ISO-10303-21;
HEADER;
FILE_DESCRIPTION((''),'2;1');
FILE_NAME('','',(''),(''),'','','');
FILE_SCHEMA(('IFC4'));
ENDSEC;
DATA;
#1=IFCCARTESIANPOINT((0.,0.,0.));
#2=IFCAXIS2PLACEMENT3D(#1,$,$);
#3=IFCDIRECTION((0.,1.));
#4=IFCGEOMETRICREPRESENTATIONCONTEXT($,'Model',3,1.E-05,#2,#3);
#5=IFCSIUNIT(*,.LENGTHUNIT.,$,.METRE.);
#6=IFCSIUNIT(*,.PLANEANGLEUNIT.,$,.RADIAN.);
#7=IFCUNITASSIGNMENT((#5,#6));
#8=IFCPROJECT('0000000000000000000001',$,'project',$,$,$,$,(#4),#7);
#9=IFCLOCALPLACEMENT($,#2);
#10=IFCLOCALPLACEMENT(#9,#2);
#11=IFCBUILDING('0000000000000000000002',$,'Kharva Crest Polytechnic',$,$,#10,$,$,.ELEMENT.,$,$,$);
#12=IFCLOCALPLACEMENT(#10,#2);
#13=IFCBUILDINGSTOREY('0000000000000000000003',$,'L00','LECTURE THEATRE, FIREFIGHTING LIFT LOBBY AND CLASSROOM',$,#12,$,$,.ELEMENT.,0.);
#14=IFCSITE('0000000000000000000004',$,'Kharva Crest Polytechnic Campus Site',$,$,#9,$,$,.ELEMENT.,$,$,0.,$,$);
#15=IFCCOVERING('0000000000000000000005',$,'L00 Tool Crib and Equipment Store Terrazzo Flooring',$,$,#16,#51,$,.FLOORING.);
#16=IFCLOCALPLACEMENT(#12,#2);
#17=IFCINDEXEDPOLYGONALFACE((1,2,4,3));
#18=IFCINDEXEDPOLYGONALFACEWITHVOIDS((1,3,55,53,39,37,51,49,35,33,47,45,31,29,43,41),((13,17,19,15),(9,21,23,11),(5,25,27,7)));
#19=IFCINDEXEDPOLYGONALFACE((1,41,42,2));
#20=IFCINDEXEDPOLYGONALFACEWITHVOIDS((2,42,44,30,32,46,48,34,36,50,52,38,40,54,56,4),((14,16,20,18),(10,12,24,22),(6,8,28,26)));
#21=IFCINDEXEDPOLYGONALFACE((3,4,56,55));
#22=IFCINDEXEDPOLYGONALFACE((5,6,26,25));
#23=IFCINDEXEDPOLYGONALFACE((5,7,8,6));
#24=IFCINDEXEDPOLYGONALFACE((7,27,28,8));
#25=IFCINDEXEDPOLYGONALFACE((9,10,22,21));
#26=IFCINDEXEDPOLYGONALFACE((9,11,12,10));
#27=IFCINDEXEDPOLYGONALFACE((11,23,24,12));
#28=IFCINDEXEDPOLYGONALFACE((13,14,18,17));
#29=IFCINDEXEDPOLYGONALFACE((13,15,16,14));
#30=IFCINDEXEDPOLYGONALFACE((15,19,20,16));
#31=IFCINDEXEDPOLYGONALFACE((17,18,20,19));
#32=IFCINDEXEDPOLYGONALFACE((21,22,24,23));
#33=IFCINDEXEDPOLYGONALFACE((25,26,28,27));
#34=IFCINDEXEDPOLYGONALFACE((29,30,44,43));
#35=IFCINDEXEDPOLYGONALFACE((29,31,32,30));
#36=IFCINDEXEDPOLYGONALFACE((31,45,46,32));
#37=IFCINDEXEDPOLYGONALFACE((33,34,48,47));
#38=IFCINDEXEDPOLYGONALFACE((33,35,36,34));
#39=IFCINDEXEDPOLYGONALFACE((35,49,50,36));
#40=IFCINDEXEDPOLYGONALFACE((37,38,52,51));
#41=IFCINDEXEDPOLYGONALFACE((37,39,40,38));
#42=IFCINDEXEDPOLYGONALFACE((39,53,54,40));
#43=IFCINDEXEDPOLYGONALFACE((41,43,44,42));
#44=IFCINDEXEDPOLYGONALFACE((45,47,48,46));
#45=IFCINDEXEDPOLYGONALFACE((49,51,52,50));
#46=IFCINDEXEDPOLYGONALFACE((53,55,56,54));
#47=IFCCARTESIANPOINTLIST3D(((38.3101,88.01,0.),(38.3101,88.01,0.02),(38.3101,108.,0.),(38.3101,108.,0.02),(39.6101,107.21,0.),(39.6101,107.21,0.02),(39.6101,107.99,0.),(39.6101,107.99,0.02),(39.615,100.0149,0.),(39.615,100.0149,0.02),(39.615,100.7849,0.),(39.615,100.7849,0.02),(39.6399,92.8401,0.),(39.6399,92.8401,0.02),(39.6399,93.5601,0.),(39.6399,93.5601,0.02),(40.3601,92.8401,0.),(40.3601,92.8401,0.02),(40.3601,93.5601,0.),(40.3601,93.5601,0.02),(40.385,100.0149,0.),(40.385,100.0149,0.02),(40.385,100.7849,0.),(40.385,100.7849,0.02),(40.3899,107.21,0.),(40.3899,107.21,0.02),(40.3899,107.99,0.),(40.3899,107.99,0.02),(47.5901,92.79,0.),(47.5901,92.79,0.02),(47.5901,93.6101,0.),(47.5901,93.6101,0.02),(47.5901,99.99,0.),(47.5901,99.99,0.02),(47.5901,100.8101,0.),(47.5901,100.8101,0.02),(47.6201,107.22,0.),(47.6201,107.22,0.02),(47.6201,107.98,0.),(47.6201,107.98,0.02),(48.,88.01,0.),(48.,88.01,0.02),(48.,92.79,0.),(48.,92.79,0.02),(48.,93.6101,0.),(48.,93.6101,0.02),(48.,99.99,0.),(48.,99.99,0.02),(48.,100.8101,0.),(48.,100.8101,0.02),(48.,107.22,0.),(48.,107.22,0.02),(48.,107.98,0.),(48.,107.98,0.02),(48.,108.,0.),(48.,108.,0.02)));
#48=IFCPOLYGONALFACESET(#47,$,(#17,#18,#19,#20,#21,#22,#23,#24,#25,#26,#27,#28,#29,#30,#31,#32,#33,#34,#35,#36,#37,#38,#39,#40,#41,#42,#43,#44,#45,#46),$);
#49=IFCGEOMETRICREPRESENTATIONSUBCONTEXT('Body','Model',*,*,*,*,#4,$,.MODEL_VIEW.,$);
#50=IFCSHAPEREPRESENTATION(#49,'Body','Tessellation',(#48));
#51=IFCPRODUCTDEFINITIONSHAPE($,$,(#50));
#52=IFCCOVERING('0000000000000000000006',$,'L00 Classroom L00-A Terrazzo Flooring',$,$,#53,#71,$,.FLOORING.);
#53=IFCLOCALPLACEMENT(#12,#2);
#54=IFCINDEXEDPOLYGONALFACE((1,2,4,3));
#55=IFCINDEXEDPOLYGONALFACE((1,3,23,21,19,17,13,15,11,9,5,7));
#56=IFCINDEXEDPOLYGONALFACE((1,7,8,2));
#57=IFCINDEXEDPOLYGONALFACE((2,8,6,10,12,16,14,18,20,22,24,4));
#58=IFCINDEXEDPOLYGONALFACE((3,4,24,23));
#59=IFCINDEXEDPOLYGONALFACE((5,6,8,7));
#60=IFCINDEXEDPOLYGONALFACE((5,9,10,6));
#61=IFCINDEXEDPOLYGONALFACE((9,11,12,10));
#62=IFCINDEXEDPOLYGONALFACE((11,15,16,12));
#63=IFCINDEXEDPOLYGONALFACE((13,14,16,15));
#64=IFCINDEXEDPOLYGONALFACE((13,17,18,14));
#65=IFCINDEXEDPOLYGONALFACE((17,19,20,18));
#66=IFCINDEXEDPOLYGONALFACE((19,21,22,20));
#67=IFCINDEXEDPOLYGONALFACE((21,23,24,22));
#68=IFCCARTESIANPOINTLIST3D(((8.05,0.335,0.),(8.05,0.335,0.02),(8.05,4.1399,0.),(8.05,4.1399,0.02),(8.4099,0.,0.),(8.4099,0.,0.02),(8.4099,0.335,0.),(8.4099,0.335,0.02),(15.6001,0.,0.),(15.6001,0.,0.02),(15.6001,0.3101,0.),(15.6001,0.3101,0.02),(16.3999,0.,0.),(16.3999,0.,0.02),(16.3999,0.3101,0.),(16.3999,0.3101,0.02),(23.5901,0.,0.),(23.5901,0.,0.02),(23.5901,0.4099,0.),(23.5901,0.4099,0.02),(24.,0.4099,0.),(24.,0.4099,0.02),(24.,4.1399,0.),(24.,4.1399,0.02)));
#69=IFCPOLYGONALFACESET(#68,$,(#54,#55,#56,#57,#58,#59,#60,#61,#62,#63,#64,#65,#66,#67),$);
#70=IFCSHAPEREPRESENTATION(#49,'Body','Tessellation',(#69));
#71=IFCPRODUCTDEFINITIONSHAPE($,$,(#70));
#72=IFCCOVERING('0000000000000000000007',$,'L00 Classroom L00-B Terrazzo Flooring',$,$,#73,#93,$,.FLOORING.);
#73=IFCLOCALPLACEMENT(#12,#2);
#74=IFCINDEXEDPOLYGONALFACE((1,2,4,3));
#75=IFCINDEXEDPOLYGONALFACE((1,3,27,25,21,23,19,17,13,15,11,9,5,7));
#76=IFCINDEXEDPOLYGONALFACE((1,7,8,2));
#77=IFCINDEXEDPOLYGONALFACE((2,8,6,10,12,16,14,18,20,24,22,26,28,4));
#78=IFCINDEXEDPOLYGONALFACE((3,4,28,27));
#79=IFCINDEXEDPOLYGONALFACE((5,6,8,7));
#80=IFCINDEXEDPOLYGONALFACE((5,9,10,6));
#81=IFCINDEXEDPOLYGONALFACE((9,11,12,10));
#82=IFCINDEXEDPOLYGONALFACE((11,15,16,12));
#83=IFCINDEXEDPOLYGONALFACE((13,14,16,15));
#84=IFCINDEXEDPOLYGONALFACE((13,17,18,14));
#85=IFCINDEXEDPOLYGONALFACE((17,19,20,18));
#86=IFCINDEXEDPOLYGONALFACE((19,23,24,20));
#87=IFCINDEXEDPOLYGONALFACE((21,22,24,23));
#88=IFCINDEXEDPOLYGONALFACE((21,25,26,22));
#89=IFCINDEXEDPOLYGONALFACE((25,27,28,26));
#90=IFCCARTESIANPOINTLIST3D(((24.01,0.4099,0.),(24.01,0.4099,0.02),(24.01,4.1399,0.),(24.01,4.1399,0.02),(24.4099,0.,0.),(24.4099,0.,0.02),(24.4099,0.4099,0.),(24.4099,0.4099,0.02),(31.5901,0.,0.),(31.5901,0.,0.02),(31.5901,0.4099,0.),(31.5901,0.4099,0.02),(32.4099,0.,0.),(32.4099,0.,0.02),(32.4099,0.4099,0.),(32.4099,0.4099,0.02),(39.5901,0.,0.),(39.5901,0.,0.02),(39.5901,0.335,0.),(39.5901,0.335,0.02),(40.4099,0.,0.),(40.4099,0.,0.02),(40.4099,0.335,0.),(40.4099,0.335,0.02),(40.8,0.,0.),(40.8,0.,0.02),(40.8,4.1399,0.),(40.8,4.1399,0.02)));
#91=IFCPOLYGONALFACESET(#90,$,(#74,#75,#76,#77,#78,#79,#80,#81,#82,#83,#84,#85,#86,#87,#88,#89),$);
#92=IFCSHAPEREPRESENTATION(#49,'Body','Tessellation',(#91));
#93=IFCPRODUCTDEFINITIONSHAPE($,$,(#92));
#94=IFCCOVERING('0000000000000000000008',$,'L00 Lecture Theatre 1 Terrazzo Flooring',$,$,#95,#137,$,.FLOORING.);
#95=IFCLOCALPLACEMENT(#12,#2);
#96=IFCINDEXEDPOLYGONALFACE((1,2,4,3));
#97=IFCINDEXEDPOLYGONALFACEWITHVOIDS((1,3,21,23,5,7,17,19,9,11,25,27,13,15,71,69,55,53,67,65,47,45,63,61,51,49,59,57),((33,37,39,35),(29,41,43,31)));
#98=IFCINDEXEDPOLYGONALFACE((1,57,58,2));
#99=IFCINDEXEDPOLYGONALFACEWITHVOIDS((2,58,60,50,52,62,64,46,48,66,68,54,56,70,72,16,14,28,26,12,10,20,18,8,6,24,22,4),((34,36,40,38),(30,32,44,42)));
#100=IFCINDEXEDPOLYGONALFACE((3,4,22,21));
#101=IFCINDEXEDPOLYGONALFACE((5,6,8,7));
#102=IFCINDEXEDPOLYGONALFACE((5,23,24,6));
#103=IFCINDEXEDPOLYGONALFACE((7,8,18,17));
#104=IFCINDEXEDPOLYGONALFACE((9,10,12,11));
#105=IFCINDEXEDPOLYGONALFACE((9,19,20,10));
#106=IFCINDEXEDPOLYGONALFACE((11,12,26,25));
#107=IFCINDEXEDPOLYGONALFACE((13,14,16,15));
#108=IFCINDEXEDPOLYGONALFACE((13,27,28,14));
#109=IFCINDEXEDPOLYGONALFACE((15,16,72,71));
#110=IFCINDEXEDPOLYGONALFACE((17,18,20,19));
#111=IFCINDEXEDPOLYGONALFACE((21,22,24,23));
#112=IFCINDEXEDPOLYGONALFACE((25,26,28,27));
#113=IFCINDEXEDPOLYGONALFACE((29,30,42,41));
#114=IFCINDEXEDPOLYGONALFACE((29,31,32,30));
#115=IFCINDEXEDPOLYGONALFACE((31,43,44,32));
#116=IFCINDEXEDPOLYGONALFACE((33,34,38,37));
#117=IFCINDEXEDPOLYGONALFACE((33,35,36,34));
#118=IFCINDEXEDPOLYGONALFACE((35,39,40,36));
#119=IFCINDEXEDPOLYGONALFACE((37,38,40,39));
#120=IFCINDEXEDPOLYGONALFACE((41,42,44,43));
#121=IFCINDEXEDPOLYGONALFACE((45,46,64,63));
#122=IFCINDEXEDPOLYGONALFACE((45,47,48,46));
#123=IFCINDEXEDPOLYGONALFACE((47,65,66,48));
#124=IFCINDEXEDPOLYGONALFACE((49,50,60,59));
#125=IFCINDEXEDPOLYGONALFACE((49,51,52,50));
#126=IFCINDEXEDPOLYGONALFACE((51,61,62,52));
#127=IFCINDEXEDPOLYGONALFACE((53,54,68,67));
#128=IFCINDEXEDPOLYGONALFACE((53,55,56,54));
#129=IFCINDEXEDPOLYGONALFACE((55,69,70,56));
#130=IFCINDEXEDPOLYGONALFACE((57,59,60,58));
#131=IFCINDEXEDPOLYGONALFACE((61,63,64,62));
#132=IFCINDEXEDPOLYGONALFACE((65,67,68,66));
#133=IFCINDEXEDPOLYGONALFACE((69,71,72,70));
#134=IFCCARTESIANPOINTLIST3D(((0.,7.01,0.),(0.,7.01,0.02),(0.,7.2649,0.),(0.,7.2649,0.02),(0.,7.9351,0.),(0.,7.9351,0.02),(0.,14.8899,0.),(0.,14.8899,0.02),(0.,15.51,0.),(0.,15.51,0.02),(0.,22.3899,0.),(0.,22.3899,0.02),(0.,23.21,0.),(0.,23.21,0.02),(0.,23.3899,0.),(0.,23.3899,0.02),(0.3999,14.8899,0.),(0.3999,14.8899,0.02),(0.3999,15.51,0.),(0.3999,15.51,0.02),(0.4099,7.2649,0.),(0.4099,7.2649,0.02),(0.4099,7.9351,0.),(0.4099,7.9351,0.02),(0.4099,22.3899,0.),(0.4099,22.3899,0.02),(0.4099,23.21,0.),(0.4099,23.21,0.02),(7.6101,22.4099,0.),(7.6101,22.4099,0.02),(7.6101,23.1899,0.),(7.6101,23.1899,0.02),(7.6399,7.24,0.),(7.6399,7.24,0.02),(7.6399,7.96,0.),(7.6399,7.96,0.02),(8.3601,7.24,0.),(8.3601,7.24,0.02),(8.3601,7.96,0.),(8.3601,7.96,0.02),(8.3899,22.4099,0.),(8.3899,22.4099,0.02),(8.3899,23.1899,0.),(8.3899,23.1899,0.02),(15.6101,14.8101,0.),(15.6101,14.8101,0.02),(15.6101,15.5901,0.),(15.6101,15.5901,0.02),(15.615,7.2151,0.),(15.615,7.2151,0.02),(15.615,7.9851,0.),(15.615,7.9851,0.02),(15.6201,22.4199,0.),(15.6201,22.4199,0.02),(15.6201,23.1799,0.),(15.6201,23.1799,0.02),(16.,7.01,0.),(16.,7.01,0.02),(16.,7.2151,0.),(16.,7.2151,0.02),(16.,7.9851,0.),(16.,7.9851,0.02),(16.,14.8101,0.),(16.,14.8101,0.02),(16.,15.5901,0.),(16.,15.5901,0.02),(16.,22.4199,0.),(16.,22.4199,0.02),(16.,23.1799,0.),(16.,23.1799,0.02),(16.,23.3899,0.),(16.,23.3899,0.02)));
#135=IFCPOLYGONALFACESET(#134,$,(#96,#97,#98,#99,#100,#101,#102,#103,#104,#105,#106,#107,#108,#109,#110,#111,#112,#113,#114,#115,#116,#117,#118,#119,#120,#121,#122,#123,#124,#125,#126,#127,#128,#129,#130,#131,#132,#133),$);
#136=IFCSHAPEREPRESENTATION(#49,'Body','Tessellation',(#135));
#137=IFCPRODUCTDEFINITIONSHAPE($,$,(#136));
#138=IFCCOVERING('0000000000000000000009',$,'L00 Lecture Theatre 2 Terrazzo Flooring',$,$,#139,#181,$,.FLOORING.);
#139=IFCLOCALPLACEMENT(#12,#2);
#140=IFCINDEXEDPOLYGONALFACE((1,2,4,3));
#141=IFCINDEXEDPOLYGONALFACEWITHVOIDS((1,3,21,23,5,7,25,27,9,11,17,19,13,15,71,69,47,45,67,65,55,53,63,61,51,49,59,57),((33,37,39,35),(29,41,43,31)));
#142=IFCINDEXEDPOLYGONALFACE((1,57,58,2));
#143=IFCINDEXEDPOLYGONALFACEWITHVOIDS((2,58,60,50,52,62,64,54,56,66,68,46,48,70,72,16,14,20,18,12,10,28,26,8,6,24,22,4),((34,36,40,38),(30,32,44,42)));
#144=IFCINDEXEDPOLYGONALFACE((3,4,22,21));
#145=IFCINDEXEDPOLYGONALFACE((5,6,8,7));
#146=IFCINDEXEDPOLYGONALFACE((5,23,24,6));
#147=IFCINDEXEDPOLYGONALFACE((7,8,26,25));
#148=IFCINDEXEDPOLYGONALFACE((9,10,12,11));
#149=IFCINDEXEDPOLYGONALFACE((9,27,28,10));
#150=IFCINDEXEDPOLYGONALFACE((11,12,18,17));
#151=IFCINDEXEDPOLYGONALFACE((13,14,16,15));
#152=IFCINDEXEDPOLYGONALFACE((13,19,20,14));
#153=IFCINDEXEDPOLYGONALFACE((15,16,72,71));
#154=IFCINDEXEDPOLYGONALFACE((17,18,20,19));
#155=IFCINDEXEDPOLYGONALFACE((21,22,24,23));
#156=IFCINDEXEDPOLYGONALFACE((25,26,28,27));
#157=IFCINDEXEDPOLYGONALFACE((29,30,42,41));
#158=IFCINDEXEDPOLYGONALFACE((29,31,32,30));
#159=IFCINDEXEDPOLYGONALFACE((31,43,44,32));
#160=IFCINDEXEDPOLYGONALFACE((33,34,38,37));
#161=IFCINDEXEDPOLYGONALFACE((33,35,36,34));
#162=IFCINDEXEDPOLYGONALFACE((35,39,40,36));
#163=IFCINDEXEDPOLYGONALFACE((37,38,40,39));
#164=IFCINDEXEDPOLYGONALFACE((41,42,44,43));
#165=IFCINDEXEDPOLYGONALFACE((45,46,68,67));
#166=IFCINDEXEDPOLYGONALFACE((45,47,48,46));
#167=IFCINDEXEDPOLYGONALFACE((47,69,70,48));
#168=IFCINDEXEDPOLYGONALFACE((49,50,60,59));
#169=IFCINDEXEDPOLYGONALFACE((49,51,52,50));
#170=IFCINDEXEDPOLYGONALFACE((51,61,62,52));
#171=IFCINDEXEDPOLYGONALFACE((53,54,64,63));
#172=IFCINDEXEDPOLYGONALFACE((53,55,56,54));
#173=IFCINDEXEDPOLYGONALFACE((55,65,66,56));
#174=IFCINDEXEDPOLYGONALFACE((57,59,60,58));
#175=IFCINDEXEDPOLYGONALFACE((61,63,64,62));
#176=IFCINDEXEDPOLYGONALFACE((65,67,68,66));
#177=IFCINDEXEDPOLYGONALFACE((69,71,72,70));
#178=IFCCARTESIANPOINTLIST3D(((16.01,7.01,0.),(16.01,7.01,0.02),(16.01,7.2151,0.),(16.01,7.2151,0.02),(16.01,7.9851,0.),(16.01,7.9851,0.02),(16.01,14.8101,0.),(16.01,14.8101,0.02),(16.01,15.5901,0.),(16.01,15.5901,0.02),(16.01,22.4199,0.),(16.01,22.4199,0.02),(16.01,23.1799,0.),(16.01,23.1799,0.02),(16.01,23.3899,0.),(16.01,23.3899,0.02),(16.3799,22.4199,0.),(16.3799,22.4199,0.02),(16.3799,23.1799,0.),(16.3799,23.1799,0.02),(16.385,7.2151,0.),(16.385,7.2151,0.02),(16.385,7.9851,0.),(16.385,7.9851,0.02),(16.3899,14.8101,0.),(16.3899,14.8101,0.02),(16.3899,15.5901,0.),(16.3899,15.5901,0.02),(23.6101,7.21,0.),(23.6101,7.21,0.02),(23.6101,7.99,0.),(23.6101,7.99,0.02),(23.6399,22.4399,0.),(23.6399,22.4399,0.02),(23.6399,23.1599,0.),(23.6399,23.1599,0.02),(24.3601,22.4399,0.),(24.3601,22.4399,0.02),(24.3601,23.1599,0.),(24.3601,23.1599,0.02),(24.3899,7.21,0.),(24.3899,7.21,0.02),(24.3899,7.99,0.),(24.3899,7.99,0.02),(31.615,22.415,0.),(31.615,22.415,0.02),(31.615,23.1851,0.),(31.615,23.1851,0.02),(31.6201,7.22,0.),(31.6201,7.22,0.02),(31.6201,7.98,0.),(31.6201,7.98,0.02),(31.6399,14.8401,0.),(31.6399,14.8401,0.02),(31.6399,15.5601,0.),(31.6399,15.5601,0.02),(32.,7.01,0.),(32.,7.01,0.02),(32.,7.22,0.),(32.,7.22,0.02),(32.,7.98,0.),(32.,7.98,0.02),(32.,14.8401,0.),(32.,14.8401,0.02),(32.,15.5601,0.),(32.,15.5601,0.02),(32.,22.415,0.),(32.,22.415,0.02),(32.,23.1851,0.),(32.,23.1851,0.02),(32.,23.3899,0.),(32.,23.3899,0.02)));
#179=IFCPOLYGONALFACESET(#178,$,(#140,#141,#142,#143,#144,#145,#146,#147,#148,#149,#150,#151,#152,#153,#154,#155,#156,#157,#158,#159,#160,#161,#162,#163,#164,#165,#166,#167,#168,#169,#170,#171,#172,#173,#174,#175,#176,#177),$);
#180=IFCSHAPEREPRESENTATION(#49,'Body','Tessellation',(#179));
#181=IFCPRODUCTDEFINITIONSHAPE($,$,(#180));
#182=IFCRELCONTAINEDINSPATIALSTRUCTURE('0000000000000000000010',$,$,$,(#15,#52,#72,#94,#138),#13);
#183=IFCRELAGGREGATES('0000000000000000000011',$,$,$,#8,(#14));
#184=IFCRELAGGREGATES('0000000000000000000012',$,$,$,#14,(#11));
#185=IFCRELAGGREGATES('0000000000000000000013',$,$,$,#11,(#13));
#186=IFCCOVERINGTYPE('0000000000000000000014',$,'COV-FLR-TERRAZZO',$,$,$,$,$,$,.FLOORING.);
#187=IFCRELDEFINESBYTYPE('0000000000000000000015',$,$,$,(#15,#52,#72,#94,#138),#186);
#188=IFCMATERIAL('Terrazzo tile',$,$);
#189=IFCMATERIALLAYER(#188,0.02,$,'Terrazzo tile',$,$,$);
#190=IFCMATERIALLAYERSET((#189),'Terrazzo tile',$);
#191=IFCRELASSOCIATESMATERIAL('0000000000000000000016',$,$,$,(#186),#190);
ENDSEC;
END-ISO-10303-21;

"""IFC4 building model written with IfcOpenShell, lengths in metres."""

from ifc_helpers import new_model, si_unit, direction, origin, place, context, subcontext, project, spatial, polyline, outline, extrude, material, layer, layer_set, type_object, element, save


model = new_model("IFC4")

# Units and contexts
model_context = context("Model", 3, precision=1e-05, world=origin(), true_north=direction((0.0, 1.0)))
body_context = subcontext(model_context, "Body", "Model", "MODEL_VIEW")
ifc_project = project(units=[si_unit("LENGTHUNIT", "METRE"), si_unit("PLANEANGLEUNIT", "RADIAN")], contexts=[model_context])

# Site, building, storey
site_placement = place(None, origin())
site = spatial("IfcSite", under=ifc_project, at=site_placement, Name="Kharva Crest Polytechnic Campus Site", CompositionType="ELEMENT", RefElevation=0.0)
building_placement = place(site_placement, origin())
building = spatial("IfcBuilding", under=site, at=building_placement, Name="Kharva Crest Polytechnic", CompositionType="ELEMENT")
storey_placement = place(building_placement, origin())
storey = spatial("IfcBuildingStorey", under=building, at=storey_placement, Name="L00", Description="LECTURE THEATRE, FIREFIGHTING LIFT LOBBY AND CLASSROOM", CompositionType="ELEMENT", Elevation=0.0)

# Coverings
ifc_material_1 = material(Name="Terrazzo tile")
ifc_layer_1 = layer(ifc_material_1, 0.02, Name="Terrazzo tile")
ifc_layer_set_1 = layer_set([ifc_layer_1], Name="Terrazzo tile")
covering_type_1 = type_object("IfcCoveringType", Name="COV-FLR-TERRAZZO", PredefinedType="FLOORING", material=ifc_layer_set_1)
covering_1_placement = place(storey_placement, origin())
element("IfcCovering", 1, at=covering_1_placement, inside=storey, type_object=covering_type_1, Name="L00 Tool Crib and Equipment Store Terrazzo Flooring", PredefinedType="FLOORING", context=body_context, shape_type="SweptSolid", body=[
    extrude(outline(polyline([(48.0, 108.0), (48.0, 107.98), (47.6201, 107.98), (47.6201, 107.22), (48.0, 107.22), (48.0, 100.8101), (47.5901, 100.8101), (47.5901, 99.99), (48.0, 99.99), (48.0, 93.6101), (47.5901, 93.6101), (47.5901, 92.79), (48.0, 92.79), (48.0, 88.01), (38.3101, 88.01), (38.3101, 108.0), (48.0, 108.0)]), holes=[polyline([(39.6399, 93.5601), (39.6399, 92.8401), (40.3601, 92.8401), (40.3601, 93.5601), (39.6399, 93.5601)]), polyline([(39.615, 100.7849), (39.615, 100.0149), (40.385, 100.0149), (40.385, 100.7849), (39.615, 100.7849)]), polyline([(39.6101, 107.99), (39.6101, 107.21), (40.3899, 107.21), (40.3899, 107.99), (39.6101, 107.99)])]), origin(), (0.0, 0.0, 1.0), 0.02),
])
covering_2_placement = place(storey_placement, origin())
element("IfcCovering", 2, at=covering_2_placement, inside=storey, type_object=covering_type_1, Name="L00 Classroom L00-A Terrazzo Flooring", PredefinedType="FLOORING", context=body_context, shape_type="SweptSolid", body=[
    extrude(outline(polyline([(24.0, 0.4099), (23.5901, 0.4099), (23.5901, 0.0), (16.3999, 0.0), (16.3999, 0.3101), (15.6001, 0.3101), (15.6001, 0.0), (8.4099, 0.0), (8.4099, 0.335), (8.05, 0.335), (8.05, 4.1399), (24.0, 4.1399), (24.0, 0.4099)])), origin(), (0.0, 0.0, 1.0), 0.02),
])
covering_3_placement = place(storey_placement, origin())
element("IfcCovering", 3, at=covering_3_placement, inside=storey, type_object=covering_type_1, Name="L00 Classroom L00-B Terrazzo Flooring", PredefinedType="FLOORING", context=body_context, shape_type="SweptSolid", body=[
    extrude(outline(polyline([(40.8, 0.0), (40.4099, 0.0), (40.4099, 0.335), (39.5901, 0.335), (39.5901, 0.0), (32.4099, 0.0), (32.4099, 0.4099), (31.5901, 0.4099), (31.5901, 0.0), (24.4099, 0.0), (24.4099, 0.4099), (24.01, 0.4099), (24.01, 4.1399), (40.8, 4.1399), (40.8, 0.0)])), origin(), (0.0, 0.0, 1.0), 0.02),
])
covering_4_placement = place(storey_placement, origin())
element("IfcCovering", 4, at=covering_4_placement, inside=storey, type_object=covering_type_1, Name="L00 Lecture Theatre 1 Terrazzo Flooring", PredefinedType="FLOORING", context=body_context, shape_type="SweptSolid", body=[
    extrude(outline(polyline([(15.6201, 23.1799), (15.6201, 22.4199), (16.0, 22.4199), (16.0, 15.5901), (15.6101, 15.5901), (15.6101, 14.8101), (16.0, 14.8101), (16.0, 7.9851), (15.615, 7.9851), (15.615, 7.2151), (16.0, 7.2151), (16.0, 7.01), (0.0, 7.01), (0.0, 7.2649), (0.4099, 7.2649), (0.4099, 7.9351), (0.0, 7.9351), (0.0, 14.8899), (0.3999, 14.8899), (0.3999, 15.51), (0.0, 15.51), (0.0, 22.3899), (0.4099, 22.3899), (0.4099, 23.21), (0.0, 23.21), (0.0, 23.3899), (16.0, 23.3899), (16.0, 23.1799), (15.6201, 23.1799)]), holes=[polyline([(7.6399, 7.96), (7.6399, 7.24), (8.3601, 7.24), (8.3601, 7.96), (7.6399, 7.96)]), polyline([(7.6101, 23.1899), (7.6101, 22.4099), (8.3899, 22.4099), (8.3899, 23.1899), (7.6101, 23.1899)])]), origin(), (0.0, 0.0, 1.0), 0.02),
])
covering_5_placement = place(storey_placement, origin())
element("IfcCovering", 5, at=covering_5_placement, inside=storey, type_object=covering_type_1, Name="L00 Lecture Theatre 2 Terrazzo Flooring", PredefinedType="FLOORING", context=body_context, shape_type="SweptSolid", body=[
    extrude(outline(polyline([(16.385, 7.2151), (16.385, 7.9851), (16.01, 7.9851), (16.01, 14.8101), (16.3899, 14.8101), (16.3899, 15.5901), (16.01, 15.5901), (16.01, 22.4199), (16.3799, 22.4199), (16.3799, 23.1799), (16.01, 23.1799), (16.01, 23.3899), (32.0, 23.3899), (32.0, 23.1851), (31.615, 23.1851), (31.615, 22.415), (32.0, 22.415), (32.0, 15.5601), (31.6399, 15.5601), (31.6399, 14.8401), (32.0, 14.8401), (32.0, 7.98), (31.6201, 7.98), (31.6201, 7.22), (32.0, 7.22), (32.0, 7.01), (16.01, 7.01), (16.01, 7.2151), (16.385, 7.2151)]), holes=[polyline([(23.6101, 7.99), (23.6101, 7.21), (24.3899, 7.21), (24.3899, 7.99), (23.6101, 7.99)]), polyline([(23.6399, 23.1599), (23.6399, 22.4399), (24.3601, 22.4399), (24.3601, 23.1599), (23.6399, 23.1599)])]), origin(), (0.0, 0.0, 1.0), 0.02),
])

save(model, "model.ifc")
